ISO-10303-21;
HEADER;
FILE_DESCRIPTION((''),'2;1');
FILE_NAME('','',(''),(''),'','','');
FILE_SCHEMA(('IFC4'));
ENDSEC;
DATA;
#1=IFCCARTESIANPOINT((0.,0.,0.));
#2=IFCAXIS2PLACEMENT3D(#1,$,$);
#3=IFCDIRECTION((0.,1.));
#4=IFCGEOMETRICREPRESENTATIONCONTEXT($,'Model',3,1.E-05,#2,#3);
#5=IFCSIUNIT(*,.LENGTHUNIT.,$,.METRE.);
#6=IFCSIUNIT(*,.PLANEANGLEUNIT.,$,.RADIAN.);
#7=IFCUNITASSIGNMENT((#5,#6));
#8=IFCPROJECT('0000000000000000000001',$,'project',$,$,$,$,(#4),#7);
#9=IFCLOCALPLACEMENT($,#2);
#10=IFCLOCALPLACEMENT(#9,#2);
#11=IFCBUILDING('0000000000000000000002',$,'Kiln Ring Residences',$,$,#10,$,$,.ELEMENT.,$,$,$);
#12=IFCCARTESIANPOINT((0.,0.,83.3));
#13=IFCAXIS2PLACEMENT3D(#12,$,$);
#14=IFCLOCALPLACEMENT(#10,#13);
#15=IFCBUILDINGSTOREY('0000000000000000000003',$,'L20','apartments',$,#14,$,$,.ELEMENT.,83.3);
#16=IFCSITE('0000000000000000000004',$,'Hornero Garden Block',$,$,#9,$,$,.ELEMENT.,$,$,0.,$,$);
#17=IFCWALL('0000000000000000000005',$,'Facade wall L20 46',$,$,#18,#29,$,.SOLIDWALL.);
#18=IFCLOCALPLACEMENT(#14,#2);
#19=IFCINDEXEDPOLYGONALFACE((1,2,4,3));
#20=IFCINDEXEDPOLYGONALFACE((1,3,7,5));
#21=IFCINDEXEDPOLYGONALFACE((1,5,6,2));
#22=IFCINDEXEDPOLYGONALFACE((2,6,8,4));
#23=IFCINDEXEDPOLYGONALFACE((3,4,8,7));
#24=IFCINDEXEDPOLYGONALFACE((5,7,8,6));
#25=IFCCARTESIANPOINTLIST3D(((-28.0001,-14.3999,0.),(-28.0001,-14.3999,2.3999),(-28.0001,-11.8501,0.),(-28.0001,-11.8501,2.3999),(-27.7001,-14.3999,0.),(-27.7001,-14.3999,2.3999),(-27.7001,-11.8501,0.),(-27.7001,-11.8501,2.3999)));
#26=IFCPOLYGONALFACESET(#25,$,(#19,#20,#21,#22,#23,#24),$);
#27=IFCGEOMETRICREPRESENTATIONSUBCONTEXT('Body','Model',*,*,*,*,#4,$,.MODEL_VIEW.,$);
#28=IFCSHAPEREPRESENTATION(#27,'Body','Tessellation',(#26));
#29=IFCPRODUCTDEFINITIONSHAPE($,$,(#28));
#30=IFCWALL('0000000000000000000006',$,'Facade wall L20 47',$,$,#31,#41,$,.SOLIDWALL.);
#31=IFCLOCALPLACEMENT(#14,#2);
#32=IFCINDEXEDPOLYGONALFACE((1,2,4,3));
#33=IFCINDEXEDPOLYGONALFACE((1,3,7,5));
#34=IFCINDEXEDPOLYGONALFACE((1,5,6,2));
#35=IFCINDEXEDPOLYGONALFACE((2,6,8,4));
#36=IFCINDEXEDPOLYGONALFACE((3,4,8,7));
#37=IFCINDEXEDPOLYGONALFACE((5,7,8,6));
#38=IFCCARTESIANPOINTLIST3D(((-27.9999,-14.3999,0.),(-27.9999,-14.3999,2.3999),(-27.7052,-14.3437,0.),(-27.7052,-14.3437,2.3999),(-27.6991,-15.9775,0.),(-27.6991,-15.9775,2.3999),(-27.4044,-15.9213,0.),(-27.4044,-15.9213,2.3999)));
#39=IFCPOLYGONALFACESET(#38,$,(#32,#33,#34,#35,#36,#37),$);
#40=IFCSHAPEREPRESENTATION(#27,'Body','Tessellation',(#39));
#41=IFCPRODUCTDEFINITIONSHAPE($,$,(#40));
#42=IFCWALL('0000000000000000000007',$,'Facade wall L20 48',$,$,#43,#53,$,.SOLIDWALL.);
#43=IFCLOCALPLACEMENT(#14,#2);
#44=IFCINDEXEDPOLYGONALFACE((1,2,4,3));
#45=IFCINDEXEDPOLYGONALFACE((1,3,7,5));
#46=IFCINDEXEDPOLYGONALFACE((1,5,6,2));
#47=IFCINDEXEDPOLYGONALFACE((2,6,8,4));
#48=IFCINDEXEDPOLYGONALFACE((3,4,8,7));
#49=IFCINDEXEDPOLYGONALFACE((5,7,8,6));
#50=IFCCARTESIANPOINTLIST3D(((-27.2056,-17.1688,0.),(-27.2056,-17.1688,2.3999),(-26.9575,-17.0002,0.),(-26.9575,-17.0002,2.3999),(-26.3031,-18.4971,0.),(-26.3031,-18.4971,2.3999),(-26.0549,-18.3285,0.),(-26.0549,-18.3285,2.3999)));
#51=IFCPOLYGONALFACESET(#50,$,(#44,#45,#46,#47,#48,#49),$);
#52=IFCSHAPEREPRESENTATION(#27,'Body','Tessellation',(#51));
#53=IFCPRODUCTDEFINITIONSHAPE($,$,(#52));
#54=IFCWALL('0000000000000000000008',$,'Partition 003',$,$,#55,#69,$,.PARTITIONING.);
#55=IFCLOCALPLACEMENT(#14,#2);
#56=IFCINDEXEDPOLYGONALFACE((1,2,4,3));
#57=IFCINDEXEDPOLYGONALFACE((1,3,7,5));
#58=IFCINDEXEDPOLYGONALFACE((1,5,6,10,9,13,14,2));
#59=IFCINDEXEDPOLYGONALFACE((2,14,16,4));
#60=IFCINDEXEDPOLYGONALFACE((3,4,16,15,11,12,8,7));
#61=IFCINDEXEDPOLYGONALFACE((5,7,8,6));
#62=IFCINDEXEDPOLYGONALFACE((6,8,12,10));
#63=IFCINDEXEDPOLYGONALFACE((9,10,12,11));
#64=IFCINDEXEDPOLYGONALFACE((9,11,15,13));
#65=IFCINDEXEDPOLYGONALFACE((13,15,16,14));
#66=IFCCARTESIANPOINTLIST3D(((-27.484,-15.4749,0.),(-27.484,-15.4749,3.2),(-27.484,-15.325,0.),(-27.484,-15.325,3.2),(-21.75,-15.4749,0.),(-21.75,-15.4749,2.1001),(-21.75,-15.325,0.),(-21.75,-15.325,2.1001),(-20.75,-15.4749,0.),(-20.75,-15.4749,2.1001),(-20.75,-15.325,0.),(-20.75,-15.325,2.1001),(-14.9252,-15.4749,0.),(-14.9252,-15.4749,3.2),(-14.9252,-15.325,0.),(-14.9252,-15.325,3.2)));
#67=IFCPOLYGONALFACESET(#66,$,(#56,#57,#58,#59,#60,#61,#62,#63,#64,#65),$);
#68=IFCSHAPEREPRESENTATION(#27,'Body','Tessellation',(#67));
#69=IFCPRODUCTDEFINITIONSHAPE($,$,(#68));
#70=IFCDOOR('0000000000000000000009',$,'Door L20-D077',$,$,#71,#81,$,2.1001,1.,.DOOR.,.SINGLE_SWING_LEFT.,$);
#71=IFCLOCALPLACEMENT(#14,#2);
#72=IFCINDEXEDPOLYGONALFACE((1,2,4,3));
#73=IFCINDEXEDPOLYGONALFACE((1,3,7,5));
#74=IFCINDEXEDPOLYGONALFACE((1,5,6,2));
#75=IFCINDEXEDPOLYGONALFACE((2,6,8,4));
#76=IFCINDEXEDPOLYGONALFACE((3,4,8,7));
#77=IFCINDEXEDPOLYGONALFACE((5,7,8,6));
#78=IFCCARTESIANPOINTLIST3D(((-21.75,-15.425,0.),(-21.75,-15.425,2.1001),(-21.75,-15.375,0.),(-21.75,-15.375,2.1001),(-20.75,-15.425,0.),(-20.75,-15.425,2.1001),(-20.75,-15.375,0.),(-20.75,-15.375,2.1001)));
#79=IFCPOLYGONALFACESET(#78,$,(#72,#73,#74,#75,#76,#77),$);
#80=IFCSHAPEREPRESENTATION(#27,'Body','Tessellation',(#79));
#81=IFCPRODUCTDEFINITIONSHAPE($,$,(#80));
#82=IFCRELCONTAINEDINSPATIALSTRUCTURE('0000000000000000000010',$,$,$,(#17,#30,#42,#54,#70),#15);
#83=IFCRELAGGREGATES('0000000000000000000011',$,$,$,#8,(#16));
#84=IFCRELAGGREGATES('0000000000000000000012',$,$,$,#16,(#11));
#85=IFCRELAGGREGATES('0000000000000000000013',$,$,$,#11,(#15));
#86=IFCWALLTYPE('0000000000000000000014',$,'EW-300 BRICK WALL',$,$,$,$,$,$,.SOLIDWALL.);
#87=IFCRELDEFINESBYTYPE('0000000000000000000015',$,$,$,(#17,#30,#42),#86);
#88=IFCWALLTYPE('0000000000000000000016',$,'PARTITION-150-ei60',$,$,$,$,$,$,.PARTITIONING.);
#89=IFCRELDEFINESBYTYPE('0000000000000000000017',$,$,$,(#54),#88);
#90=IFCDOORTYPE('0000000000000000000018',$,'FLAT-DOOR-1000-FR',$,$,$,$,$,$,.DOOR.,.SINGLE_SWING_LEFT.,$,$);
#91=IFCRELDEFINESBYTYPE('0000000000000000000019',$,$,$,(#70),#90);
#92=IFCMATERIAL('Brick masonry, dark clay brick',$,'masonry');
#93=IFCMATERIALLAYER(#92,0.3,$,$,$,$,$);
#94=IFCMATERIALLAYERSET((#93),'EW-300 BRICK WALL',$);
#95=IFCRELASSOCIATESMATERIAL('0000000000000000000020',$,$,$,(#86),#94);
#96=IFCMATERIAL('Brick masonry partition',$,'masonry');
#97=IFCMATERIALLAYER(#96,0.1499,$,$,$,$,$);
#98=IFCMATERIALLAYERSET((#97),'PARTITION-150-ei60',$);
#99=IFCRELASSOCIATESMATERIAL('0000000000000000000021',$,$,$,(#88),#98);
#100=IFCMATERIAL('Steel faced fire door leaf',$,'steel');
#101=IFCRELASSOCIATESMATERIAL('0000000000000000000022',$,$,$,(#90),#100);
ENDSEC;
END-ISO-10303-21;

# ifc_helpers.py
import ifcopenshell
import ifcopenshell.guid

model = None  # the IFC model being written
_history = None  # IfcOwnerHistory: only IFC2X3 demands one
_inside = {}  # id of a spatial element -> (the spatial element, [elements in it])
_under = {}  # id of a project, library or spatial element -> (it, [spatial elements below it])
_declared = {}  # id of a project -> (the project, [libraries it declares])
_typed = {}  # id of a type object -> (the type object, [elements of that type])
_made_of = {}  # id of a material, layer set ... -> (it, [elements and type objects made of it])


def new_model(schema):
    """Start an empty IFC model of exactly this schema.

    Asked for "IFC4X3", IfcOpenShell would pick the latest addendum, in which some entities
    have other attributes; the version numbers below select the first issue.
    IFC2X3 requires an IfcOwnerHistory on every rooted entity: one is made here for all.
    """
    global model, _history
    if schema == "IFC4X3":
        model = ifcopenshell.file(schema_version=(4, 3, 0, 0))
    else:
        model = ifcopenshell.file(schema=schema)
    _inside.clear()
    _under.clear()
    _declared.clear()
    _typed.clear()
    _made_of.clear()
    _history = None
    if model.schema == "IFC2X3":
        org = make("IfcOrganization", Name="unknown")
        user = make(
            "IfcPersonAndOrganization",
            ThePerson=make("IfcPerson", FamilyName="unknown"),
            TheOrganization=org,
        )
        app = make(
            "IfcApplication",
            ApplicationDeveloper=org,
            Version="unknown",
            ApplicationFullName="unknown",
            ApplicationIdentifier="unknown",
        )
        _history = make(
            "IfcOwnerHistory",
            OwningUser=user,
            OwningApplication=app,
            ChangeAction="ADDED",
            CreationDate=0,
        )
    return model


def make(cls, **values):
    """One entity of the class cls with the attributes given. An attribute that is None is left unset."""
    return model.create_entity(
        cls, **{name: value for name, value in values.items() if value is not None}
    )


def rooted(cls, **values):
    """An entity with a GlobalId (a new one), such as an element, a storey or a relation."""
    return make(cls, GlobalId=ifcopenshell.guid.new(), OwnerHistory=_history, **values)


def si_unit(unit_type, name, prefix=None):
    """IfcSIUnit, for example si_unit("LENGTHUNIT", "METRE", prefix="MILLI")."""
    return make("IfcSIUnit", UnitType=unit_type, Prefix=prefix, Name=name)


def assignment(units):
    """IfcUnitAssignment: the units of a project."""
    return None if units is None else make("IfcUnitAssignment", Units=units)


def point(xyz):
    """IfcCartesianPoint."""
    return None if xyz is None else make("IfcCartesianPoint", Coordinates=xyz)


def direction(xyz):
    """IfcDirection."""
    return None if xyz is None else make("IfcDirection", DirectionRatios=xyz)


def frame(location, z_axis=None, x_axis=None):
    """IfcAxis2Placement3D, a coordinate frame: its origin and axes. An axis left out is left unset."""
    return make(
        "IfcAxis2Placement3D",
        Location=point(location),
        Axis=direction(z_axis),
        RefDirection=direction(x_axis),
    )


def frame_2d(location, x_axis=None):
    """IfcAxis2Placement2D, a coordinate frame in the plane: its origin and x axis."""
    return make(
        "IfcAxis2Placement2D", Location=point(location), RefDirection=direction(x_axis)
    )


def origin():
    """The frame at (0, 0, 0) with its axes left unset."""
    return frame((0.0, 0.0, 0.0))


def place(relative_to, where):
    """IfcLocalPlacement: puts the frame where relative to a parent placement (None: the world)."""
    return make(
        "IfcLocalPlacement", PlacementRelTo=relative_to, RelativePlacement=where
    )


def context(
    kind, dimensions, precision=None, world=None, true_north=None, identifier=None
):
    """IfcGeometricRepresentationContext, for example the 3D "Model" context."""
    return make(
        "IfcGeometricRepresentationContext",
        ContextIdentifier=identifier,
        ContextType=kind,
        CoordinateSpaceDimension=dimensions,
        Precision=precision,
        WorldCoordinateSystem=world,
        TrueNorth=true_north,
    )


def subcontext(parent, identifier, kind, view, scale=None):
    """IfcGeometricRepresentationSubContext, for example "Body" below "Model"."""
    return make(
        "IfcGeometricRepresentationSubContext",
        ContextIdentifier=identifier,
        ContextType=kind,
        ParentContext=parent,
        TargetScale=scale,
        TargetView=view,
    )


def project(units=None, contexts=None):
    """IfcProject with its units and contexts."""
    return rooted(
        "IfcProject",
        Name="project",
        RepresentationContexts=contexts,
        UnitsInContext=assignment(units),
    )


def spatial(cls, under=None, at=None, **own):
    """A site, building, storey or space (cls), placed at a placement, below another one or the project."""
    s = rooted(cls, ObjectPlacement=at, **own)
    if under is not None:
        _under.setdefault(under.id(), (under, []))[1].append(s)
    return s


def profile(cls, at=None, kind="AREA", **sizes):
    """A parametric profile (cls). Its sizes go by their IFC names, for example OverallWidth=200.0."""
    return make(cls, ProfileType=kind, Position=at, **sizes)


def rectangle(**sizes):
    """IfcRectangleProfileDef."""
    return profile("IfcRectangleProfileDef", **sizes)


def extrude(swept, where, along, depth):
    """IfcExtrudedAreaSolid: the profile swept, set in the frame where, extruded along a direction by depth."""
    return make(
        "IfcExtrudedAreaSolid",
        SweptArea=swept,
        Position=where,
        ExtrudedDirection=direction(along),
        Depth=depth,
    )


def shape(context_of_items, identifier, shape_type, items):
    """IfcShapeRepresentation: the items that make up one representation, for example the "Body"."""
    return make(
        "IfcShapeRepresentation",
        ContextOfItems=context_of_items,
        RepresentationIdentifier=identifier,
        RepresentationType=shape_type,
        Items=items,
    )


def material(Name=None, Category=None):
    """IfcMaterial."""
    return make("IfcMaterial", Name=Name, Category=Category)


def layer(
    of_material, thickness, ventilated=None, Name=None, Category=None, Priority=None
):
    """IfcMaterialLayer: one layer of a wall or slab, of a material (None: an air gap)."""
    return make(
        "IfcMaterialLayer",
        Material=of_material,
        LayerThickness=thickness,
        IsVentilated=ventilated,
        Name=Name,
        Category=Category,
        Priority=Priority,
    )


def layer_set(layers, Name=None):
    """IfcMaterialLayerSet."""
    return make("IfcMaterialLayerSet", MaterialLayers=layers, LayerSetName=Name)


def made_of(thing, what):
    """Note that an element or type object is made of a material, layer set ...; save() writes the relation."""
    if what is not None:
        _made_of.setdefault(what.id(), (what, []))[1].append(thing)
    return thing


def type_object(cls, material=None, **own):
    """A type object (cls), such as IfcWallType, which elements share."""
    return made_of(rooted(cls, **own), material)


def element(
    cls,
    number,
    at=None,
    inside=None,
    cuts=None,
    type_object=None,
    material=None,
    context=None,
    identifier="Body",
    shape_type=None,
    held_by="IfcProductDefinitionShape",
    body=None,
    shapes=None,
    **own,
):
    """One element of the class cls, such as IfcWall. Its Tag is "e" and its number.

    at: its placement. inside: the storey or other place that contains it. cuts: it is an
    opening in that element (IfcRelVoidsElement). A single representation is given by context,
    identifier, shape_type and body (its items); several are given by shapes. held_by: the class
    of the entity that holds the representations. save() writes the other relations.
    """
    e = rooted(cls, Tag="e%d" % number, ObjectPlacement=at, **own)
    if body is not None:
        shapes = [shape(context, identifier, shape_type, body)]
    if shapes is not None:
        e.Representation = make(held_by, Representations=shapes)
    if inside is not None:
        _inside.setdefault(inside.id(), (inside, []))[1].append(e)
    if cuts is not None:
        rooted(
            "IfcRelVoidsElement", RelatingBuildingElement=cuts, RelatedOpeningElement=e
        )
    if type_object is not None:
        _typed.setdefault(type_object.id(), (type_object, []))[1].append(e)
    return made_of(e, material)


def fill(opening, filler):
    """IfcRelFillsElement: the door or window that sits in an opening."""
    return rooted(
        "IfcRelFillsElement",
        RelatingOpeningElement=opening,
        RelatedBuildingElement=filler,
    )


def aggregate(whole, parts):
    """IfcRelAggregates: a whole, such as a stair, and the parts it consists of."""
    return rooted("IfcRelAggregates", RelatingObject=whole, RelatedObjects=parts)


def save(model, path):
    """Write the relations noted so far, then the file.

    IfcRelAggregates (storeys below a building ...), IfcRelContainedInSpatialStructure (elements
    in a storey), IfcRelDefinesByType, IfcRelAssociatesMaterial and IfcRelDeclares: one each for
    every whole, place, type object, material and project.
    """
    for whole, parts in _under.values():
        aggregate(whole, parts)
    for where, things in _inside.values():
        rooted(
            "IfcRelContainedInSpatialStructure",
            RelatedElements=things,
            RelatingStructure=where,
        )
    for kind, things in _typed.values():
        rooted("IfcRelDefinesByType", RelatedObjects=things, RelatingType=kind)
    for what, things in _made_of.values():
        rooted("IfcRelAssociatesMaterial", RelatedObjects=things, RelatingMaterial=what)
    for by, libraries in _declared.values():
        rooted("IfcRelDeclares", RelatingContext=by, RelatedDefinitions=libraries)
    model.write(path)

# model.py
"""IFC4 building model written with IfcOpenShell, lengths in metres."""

from ifc_helpers import new_model, si_unit, direction, frame, frame_2d, origin, place, context, subcontext, project, spatial, rectangle, extrude, material, layer, layer_set, type_object, element, fill, save


model = new_model("IFC4")

# Units and contexts
model_context = context("Model", 3, precision=1e-05, world=origin(), true_north=direction((0.0, 1.0)))
body_context = subcontext(model_context, "Body", "Model", "MODEL_VIEW")
ifc_project = project(units=[si_unit("LENGTHUNIT", "METRE"), si_unit("PLANEANGLEUNIT", "RADIAN")], contexts=[model_context])

# Site, building, storey
site_placement = place(None, origin())
site = spatial("IfcSite", under=ifc_project, at=site_placement, Name="Hornero Garden Block", CompositionType="ELEMENT", RefElevation=0.0)
building_placement = place(site_placement, origin())
building = spatial("IfcBuilding", under=site, at=building_placement, Name="Kiln Ring Residences", CompositionType="ELEMENT")
storey_placement = place(building_placement, frame((0.0, 0.0, 83.3)))
storey = spatial("IfcBuildingStorey", under=building, at=storey_placement, Name="L20", Description="apartments", CompositionType="ELEMENT", Elevation=83.3)

# Walls
ifc_material_1 = material(Name="Brick masonry, dark clay brick", Category="masonry")
ifc_layer_1 = layer(ifc_material_1, 0.3)
ifc_layer_set_1 = layer_set([ifc_layer_1], Name="EW-300 BRICK WALL")
wall_type_1 = type_object("IfcWallType", Name="EW-300 BRICK WALL", PredefinedType="SOLIDWALL", material=ifc_layer_set_1)
wall_1_placement = place(storey_placement, frame((-27.8501, -11.8501, 0.0), z_axis=(0.0, 0.0, 1.0), x_axis=(0.0, -1.0, 0.0)))
element("IfcWall", 1, at=wall_1_placement, inside=storey, type_object=wall_type_1, Name="Facade wall L20 46", PredefinedType="SOLIDWALL", context=body_context, shape_type="SweptSolid", body=[
    extrude(rectangle(XDim=2.5498, YDim=0.3, at=frame_2d((1.2749, 0.0))), origin(), (0.0, 0.0, 1.0), 2.3999),
])
for number, where, z_axis, x_axis, name in (
    (2, (-27.8525, -14.3718, 0.0), (0.0, 0.0, 1.0), (0.18728, -0.982307, 0.0), "Facade wall L20 47"),
    (3, (-27.0815, -17.0845, 0.0), (0.0, 0.0, 1.0), (0.562011, -0.82713, 0.0), "Facade wall L20 48"),
):
    element("IfcWall", number, at=place(storey_placement, frame(where, z_axis=z_axis, x_axis=x_axis)), inside=storey, type_object=wall_type_1, Name=name, PredefinedType="SOLIDWALL", context=body_context, shape_type="SweptSolid", body=[
        extrude(rectangle(XDim=1.606, YDim=0.3, at=frame_2d((0.803, 0.0))), origin(), (0.0, 0.0, 1.0), 2.3999),
    ])

# Wall, opening, door
ifc_material_2 = material(Name="Brick masonry partition", Category="masonry")
ifc_layer_2 = layer(ifc_material_2, 0.1499)
ifc_layer_set_2 = layer_set([ifc_layer_2], Name="PARTITION-150-ei60")
wall_type_2 = type_object("IfcWallType", Name="PARTITION-150-ei60", PredefinedType="PARTITIONING", material=ifc_layer_set_2)
wall_2_placement = place(storey_placement, frame((-27.4839, -15.3999, 0.0), z_axis=(0.0, 0.0, 1.0), x_axis=(1.0, 0.0, 0.0)))
wall_2 = element("IfcWall", 4, at=wall_2_placement, inside=storey, type_object=wall_type_2, Name="Partition 003", PredefinedType="PARTITIONING", context=body_context, shape_type="SweptSolid", body=[
    extrude(rectangle(XDim=12.5588, YDim=0.1499, at=frame_2d((6.2793, 0.0))), origin(), (0.0, 0.0, 1.0), 3.2),
])
opening_1_placement = place(wall_2_placement, frame((5.7339, 0.0, 0.0)))
opening_1 = element("IfcOpeningElement", 5, at=opening_1_placement, cuts=wall_2, PredefinedType="OPENING", context=body_context, shape_type="SweptSolid", body=[
    extrude(rectangle(XDim=1.0, YDim=2.1001, at=frame_2d((0.5, 1.05))), frame((0.0, 0.085, 0.0), z_axis=(0.0, -1.0, 0.0), x_axis=(1.0, 0.0, 0.0)), (0.0, 0.0, 1.0), 0.1699),
])
ifc_material_3 = material(Name="Steel faced fire door leaf", Category="steel")
door_type_1 = type_object("IfcDoorType", Name="FLAT-DOOR-1000-FR", OperationType="SINGLE_SWING_LEFT", PredefinedType="DOOR", material=ifc_material_3)
door_1_placement = place(opening_1_placement, origin())
door_1 = element("IfcDoor", 6, at=door_1_placement, inside=storey, type_object=door_type_1, Name="Door L20-D077", OperationType="SINGLE_SWING_LEFT", OverallHeight=2.1001, OverallWidth=1.0, PredefinedType="DOOR", context=body_context, shape_type="SweptSolid", body=[
    extrude(rectangle(XDim=1.0, YDim=2.1001, at=frame_2d((0.5, 1.05))), frame((0.0, 0.0249, 0.0), z_axis=(0.0, -1.0, 0.0), x_axis=(1.0, 0.0, 0.0)), (0.0, 0.0, 1.0), 0.05),
])
fill(opening_1, door_1)

save(model, "model.ifc")
